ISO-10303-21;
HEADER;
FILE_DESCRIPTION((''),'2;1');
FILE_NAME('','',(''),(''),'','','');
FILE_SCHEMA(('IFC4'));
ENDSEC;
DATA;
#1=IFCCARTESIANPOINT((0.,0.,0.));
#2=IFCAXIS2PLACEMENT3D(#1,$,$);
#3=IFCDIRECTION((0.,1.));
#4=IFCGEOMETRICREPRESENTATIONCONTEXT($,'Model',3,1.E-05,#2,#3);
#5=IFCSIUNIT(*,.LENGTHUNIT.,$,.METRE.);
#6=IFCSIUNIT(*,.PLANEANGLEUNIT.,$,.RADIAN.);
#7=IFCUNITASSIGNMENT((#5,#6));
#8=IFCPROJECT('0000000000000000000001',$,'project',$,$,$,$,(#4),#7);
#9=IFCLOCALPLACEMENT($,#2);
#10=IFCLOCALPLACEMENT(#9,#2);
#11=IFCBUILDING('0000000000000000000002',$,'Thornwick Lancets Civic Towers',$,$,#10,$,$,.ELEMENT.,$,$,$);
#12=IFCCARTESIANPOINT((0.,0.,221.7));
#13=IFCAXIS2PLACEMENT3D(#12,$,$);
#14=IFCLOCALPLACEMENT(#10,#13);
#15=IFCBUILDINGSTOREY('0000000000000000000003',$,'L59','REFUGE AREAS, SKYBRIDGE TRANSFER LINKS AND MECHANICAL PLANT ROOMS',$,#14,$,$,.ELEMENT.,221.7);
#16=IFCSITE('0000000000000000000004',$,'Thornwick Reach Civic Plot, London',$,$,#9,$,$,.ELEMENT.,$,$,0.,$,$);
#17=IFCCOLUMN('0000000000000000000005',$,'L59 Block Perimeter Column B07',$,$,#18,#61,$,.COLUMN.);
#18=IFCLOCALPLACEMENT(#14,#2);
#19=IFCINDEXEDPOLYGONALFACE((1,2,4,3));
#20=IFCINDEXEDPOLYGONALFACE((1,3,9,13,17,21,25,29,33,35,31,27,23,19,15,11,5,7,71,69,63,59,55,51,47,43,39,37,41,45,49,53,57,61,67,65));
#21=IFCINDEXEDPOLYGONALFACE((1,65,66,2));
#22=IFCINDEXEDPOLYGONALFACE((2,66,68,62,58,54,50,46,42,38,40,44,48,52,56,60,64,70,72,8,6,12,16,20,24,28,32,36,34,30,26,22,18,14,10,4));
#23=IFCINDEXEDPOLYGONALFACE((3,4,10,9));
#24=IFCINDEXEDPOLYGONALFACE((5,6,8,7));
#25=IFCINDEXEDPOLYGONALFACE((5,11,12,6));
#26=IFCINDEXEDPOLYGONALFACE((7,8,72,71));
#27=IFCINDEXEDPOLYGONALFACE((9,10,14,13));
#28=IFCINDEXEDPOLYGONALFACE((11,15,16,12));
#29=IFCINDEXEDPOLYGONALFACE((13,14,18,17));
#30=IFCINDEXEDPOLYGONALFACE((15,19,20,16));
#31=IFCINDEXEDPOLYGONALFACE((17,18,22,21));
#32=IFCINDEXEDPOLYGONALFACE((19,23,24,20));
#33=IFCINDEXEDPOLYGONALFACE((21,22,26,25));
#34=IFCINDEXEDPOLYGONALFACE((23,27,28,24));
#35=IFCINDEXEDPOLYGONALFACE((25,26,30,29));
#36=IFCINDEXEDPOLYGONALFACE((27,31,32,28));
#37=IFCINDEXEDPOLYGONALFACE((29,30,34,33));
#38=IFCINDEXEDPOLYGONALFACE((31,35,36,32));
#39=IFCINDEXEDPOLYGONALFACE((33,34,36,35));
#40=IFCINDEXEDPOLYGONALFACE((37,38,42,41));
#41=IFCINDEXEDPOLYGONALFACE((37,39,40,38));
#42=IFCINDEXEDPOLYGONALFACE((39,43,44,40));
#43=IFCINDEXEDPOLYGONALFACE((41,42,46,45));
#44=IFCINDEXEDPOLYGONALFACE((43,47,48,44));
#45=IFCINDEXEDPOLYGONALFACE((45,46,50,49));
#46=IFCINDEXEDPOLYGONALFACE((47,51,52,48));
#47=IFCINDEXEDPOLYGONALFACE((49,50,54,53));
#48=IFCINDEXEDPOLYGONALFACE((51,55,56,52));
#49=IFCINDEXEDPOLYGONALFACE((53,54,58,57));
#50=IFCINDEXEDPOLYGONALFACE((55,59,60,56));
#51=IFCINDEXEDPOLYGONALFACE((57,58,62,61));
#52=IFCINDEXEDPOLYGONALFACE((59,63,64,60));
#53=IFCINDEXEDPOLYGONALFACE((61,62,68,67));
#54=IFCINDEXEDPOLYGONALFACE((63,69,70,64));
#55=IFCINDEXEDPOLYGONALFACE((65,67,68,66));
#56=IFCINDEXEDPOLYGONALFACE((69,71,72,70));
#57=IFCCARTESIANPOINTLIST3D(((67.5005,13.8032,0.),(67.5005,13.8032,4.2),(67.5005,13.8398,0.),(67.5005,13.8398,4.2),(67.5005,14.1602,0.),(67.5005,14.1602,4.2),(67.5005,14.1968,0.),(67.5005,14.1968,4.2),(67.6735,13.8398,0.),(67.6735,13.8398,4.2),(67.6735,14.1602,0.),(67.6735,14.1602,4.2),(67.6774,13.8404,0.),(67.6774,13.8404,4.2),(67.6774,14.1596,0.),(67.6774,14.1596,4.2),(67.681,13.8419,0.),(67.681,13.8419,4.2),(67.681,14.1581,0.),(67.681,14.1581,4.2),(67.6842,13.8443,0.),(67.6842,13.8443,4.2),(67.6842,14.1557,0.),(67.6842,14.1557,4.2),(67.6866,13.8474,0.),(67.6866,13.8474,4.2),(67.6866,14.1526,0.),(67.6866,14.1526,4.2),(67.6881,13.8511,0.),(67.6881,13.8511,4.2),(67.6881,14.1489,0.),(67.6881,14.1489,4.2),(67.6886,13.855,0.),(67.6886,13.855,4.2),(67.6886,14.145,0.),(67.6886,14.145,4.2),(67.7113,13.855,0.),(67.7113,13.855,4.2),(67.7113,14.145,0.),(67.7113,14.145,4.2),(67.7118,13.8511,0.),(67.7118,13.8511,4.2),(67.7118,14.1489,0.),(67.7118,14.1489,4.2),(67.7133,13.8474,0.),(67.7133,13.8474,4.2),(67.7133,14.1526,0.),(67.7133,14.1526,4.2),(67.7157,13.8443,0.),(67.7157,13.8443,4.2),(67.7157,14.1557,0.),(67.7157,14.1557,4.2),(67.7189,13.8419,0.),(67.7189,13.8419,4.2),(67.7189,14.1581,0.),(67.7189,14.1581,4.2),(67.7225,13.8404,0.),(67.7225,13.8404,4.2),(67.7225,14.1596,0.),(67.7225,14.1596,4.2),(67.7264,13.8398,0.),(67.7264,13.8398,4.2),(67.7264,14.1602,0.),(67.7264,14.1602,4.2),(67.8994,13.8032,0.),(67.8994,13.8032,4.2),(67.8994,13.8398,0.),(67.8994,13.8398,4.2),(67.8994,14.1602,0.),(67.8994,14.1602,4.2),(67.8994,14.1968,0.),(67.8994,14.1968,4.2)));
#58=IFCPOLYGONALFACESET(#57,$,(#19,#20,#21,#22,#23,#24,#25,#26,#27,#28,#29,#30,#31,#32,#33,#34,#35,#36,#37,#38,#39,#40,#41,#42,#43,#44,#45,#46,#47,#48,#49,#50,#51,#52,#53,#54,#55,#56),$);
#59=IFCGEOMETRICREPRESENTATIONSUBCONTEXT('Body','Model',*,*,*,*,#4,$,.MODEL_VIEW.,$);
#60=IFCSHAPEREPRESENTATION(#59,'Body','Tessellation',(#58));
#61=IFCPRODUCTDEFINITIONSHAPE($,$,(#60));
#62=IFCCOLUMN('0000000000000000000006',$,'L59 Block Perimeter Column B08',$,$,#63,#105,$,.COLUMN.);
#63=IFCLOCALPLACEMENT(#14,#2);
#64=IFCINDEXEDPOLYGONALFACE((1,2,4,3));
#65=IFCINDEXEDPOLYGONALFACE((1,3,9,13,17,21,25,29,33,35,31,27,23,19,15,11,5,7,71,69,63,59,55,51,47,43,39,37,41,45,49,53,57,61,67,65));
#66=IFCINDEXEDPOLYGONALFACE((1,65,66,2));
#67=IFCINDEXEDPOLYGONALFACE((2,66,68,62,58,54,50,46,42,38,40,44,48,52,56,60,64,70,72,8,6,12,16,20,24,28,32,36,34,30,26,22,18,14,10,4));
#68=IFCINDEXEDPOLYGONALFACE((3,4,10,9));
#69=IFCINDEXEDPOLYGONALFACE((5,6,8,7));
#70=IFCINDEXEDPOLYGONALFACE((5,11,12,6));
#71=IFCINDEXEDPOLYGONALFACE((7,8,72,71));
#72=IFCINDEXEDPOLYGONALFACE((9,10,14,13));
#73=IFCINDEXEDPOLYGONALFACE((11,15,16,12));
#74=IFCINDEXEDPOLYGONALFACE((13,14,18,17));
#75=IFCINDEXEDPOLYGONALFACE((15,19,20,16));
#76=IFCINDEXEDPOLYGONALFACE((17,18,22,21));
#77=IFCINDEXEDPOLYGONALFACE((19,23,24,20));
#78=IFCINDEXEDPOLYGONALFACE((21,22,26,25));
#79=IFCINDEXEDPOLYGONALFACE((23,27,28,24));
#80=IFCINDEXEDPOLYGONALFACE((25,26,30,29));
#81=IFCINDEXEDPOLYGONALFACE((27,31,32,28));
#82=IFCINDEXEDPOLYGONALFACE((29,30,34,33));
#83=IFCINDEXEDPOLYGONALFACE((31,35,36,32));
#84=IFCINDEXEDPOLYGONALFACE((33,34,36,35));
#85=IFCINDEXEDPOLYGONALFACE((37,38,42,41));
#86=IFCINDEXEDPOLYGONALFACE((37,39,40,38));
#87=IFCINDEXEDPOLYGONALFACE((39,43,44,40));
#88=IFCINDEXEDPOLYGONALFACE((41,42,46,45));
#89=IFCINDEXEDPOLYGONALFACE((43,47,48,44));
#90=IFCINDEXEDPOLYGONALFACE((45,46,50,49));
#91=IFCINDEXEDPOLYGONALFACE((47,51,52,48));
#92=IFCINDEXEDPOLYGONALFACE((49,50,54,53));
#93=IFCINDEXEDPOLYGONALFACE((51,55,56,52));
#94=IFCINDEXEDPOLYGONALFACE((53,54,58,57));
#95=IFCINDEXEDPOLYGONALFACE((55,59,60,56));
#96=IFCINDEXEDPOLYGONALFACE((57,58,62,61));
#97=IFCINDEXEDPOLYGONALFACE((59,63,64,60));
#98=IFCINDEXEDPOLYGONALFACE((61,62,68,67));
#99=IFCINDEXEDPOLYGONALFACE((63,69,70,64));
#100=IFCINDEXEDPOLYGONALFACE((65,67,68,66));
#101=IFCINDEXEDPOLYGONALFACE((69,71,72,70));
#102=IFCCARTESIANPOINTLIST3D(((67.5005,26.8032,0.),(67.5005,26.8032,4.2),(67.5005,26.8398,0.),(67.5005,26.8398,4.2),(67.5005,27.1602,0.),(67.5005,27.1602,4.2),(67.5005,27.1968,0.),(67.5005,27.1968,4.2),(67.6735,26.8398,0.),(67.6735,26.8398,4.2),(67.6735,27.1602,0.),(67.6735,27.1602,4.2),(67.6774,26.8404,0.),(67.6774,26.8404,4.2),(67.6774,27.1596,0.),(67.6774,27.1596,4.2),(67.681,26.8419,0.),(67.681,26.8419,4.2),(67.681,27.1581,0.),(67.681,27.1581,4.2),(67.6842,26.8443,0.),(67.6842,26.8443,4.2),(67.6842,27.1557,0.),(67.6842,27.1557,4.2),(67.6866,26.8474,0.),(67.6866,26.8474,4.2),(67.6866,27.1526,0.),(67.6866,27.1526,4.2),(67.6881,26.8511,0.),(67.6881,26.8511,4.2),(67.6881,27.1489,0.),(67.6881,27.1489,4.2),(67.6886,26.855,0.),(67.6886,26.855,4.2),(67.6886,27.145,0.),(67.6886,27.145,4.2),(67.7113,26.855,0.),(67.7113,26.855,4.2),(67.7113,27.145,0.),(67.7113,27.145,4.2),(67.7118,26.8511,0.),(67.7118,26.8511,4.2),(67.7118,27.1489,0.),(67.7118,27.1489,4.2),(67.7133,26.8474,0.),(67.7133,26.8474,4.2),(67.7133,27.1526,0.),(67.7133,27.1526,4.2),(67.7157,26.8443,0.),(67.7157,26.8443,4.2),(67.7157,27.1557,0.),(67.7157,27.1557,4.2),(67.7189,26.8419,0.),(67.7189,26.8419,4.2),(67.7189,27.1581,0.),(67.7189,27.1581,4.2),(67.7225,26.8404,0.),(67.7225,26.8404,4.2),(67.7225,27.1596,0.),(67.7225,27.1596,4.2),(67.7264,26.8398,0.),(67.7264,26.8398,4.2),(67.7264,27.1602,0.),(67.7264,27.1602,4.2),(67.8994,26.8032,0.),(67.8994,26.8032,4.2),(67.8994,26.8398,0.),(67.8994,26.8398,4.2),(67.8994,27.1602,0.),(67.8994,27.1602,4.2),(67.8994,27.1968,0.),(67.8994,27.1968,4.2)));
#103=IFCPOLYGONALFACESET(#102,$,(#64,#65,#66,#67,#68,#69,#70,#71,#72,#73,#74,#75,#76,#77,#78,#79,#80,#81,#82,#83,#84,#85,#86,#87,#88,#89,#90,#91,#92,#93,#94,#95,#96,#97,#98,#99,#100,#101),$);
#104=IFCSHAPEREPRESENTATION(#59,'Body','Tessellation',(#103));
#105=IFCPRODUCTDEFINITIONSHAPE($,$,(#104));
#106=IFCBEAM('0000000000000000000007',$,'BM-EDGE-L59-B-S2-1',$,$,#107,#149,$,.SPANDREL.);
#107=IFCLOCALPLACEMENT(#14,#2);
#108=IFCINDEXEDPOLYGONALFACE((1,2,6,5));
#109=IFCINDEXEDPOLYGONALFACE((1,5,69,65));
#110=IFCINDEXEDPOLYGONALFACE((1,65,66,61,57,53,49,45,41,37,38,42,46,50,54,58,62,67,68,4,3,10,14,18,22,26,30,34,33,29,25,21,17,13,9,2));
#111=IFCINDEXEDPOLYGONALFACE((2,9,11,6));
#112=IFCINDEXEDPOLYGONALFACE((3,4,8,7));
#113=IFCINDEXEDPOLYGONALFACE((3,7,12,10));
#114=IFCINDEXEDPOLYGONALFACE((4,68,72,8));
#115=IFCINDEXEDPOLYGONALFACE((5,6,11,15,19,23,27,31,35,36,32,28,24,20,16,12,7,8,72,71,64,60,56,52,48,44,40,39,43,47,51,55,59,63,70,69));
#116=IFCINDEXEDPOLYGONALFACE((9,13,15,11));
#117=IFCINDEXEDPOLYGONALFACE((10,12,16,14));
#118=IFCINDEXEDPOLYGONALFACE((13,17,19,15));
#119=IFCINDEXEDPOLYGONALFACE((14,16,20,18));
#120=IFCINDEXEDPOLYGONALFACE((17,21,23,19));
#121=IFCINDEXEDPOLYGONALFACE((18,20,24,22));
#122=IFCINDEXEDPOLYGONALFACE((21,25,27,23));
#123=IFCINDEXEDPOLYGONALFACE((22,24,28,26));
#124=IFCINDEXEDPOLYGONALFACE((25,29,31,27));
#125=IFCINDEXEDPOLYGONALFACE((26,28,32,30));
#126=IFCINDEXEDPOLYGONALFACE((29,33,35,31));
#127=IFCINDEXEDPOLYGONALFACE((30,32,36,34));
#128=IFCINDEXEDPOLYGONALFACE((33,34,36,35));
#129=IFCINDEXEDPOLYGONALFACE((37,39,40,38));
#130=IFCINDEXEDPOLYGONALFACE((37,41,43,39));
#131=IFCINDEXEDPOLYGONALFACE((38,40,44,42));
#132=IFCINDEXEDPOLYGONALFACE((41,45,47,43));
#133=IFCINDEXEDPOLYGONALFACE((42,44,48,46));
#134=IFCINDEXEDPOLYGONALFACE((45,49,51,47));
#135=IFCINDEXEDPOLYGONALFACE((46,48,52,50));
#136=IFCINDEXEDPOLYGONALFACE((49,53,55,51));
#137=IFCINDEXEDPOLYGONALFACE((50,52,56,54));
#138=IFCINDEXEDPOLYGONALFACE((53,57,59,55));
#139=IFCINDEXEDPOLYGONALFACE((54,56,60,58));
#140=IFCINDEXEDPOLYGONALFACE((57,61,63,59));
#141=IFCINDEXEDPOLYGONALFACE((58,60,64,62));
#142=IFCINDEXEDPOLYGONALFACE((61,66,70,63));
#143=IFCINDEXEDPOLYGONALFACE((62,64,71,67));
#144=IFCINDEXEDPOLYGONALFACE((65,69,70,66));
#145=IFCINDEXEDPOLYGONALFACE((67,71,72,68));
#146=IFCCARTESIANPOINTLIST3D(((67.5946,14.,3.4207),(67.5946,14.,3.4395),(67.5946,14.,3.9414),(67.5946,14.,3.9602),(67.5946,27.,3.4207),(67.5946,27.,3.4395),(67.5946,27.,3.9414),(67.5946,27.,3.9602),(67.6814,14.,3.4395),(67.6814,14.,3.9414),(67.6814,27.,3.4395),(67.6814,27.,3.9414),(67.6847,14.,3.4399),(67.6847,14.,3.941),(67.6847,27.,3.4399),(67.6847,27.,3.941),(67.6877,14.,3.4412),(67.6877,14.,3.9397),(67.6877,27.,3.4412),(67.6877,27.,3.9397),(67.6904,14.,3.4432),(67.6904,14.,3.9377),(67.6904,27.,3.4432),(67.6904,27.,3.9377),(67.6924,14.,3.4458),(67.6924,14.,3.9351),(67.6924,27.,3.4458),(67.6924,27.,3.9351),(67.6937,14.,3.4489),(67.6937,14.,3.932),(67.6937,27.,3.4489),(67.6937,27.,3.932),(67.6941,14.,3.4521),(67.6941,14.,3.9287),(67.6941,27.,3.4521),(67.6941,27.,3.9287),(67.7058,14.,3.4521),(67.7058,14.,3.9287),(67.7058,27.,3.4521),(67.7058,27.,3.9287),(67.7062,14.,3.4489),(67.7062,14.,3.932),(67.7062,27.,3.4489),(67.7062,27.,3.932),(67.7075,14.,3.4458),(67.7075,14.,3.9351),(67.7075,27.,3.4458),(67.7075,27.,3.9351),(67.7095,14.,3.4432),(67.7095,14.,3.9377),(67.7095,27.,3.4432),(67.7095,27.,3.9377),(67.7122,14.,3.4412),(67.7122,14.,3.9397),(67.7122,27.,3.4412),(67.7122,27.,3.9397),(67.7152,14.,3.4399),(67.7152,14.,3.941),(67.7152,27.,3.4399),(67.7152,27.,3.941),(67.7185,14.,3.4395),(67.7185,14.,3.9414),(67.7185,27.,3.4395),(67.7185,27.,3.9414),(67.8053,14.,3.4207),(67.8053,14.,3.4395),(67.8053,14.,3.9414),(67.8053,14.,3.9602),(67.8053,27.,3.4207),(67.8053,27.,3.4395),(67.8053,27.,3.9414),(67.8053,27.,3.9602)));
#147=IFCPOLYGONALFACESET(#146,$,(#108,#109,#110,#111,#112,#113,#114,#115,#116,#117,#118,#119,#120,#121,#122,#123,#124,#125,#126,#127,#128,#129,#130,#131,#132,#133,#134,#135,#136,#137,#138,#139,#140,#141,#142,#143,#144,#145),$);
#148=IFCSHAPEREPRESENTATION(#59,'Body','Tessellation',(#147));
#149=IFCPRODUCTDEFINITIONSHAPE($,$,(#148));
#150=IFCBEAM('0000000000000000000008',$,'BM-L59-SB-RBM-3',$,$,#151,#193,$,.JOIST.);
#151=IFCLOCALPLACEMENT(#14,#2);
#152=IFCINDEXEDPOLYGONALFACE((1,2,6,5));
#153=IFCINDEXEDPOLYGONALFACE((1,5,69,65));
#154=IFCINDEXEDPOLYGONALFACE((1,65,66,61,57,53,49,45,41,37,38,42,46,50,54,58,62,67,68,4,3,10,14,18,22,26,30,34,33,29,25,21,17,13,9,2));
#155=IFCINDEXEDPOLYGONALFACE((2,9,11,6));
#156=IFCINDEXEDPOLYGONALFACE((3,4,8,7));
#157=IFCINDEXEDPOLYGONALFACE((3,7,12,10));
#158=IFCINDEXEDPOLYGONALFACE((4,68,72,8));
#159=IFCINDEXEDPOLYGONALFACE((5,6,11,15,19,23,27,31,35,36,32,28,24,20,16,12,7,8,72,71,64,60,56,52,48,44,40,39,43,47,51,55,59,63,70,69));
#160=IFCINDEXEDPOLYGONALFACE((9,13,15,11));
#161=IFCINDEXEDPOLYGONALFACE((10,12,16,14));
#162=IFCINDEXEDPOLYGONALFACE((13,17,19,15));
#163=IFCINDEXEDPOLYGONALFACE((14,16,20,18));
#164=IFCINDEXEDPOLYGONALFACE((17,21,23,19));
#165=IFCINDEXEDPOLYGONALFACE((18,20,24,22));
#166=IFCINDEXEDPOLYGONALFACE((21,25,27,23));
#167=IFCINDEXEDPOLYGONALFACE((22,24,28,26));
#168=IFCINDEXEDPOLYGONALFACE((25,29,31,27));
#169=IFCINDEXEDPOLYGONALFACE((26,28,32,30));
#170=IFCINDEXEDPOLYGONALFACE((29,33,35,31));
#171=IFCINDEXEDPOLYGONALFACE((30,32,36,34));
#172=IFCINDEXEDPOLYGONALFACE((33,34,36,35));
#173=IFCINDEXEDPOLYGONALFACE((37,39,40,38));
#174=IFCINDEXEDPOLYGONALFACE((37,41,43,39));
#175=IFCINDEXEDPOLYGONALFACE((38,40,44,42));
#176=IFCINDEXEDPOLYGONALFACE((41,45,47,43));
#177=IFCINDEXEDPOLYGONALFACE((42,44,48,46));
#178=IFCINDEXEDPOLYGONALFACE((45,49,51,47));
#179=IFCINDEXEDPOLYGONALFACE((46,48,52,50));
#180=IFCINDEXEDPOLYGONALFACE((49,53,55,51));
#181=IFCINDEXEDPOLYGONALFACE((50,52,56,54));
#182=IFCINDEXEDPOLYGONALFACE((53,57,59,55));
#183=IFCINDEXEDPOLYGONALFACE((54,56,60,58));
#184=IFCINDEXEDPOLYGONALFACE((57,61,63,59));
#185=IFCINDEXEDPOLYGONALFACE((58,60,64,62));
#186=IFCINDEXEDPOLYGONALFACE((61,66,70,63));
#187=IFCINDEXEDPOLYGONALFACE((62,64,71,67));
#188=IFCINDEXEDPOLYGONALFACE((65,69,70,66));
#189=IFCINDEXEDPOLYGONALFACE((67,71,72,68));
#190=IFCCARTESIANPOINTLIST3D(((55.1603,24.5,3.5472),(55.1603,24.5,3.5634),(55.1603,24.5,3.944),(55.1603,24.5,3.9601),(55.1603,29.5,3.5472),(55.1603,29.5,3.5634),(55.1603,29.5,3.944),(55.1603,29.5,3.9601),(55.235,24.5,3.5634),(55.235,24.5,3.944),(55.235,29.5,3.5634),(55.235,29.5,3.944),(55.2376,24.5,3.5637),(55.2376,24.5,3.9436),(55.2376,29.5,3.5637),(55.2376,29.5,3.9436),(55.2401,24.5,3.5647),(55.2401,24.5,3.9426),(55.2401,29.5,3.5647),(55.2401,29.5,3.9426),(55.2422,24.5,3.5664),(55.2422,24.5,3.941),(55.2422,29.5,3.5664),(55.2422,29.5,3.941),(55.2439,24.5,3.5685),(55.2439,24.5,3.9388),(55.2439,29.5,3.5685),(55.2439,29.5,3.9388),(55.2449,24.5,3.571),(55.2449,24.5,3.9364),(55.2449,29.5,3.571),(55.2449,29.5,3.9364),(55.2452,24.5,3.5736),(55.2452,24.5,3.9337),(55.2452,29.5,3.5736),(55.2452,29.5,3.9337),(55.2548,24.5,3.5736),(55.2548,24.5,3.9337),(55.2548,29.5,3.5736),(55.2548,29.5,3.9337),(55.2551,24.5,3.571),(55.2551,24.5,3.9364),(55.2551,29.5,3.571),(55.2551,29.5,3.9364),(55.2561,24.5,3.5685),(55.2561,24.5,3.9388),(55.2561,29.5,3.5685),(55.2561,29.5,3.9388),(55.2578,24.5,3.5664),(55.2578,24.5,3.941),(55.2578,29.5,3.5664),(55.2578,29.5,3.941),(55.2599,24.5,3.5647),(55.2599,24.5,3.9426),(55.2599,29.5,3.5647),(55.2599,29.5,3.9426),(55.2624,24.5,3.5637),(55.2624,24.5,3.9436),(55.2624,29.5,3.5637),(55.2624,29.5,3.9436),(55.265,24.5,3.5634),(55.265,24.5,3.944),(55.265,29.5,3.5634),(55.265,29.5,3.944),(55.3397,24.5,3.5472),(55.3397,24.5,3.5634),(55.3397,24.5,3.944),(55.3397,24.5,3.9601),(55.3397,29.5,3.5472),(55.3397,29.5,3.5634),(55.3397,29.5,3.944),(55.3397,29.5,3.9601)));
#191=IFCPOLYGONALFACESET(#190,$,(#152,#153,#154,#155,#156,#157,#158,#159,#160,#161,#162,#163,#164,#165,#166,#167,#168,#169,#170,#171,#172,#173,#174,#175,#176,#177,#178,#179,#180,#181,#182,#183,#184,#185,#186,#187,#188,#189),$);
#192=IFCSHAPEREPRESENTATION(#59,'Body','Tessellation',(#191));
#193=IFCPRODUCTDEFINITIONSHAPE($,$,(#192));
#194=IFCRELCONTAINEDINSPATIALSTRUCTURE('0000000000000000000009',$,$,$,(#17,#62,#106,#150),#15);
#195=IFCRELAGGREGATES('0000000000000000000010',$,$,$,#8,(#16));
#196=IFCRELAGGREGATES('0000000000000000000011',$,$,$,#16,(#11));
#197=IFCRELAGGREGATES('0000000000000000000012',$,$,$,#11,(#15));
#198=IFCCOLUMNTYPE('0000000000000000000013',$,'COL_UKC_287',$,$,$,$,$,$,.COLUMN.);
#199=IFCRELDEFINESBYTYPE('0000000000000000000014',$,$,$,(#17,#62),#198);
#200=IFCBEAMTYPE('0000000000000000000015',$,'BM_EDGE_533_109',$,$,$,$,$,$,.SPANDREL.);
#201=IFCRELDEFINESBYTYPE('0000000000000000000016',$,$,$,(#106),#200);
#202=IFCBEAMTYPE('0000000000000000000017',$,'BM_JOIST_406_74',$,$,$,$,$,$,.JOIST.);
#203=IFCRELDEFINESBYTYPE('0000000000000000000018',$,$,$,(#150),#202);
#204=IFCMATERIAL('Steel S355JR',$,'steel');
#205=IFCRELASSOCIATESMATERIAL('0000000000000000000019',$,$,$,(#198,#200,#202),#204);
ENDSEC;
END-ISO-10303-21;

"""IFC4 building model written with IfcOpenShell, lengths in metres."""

from ifc_helpers import new_model, si_unit, direction, frame, origin, origin_2d, place, context, subcontext, project, spatial, i_section, extrude, material, material_profile, profile_set, type_object, element, save


model = new_model("IFC4")

# Units and contexts
model_context = context("Model", 3, precision=1e-05, world=origin(), true_north=direction((0.0, 1.0)))
body_context = subcontext(model_context, "Body", "Model", "MODEL_VIEW")
ifc_project = project(units=[si_unit("LENGTHUNIT", "METRE"), si_unit("PLANEANGLEUNIT", "RADIAN")], contexts=[model_context])

# Site, building, storey
site_placement = place(None, origin())
site = spatial("IfcSite", under=ifc_project, at=site_placement, Name="Thornwick Reach Civic Plot, London", CompositionType="ELEMENT", RefElevation=0.0)
building_placement = place(site_placement, origin())
building = spatial("IfcBuilding", under=site, at=building_placement, Name="Thornwick Lancets Civic Towers", CompositionType="ELEMENT")
storey_placement = place(building_placement, frame((0.0, 0.0, 221.7)))
storey = spatial("IfcBuildingStorey", under=building, at=storey_placement, Name="L59", Description="REFUGE AREAS, SKYBRIDGE TRANSFER LINKS AND MECHANICAL PLANT ROOMS", CompositionType="ELEMENT", Elevation=221.7)

# Columns
ifc_material_1 = material(Name="Steel S355JR", Category="steel")
ifc_material_profile_1 = material_profile(ifc_material_1, i_section(OverallWidth=0.3989, OverallDepth=0.3936, WebThickness=0.0227, FlangeThickness=0.0366, FilletRadius=0.0151, at=origin_2d()), Name="UKC 356x406x287")
ifc_profile_set_1 = profile_set([ifc_material_profile_1], Name="Steel S355JR")
column_type = type_object("IfcColumnType", Name="COL_UKC_287", PredefinedType="COLUMN", material=ifc_profile_set_1)
for number, where, z_axis, x_axis, name in (
    (1, (67.7, 14.0, 0.0), (0.0, 0.0, 1.0), (1.0, 0.0, 0.0), "L59 Block Perimeter Column B07"),
    (2, (67.7, 27.0, 0.0), (0.0, 0.0, 1.0), (1.0, 0.0, 0.0), "L59 Block Perimeter Column B08"),
):
    element("IfcColumn", number, at=place(storey_placement, frame(where, z_axis=z_axis, x_axis=x_axis)), inside=storey, type_object=column_type, Name=name, PredefinedType="COLUMN", context=body_context, shape_type="SweptSolid", body=[
        extrude(i_section(OverallWidth=0.3989, OverallDepth=0.3936, WebThickness=0.0227, FlangeThickness=0.0366, FilletRadius=0.0151, at=origin_2d()), origin(), (0.0, 0.0, 1.0), 4.2),
    ])

# Beams
ifc_material_profile_2 = material_profile(ifc_material_1, i_section(OverallWidth=0.2107, OverallDepth=0.5396, WebThickness=0.0117, FlangeThickness=0.0188, FilletRadius=0.0127, at=origin_2d()), Name="UKB 533x210x109")
ifc_profile_set_2 = profile_set([ifc_material_profile_2], Name="Steel S355JR")
beam_type_1 = type_object("IfcBeamType", Name="BM_EDGE_533_109", PredefinedType="SPANDREL", material=ifc_profile_set_2)
beam_placement = place(storey_placement, frame((67.7, 14.0, 3.6904), z_axis=(0.0, 1.0, 0.0), x_axis=(-1.0, 0.0, 0.0)))
element("IfcBeam", 3, at=beam_placement, inside=storey, type_object=beam_type_1, Name="BM-EDGE-L59-B-S2-1", PredefinedType="SPANDREL", context=body_context, shape_type="SweptSolid", body=[
    extrude(i_section(OverallWidth=0.2107, OverallDepth=0.5396, WebThickness=0.0117, FlangeThickness=0.0188, FilletRadius=0.0127, at=origin_2d()), origin(), (0.0, 0.0, 1.0), 13.0),
])
ifc_material_profile_3 = material_profile(ifc_material_1, i_section(OverallWidth=0.1794, OverallDepth=0.4128, WebThickness=0.0095, FlangeThickness=0.0161, FilletRadius=0.0103, at=origin_2d()), Name="UKB 406x178x74")
ifc_profile_set_3 = profile_set([ifc_material_profile_3], Name="Steel S355JR")
beam_type_2 = type_object("IfcBeamType", Name="BM_JOIST_406_74", PredefinedType="JOIST", material=ifc_profile_set_3)
for number, where, z_axis, x_axis, name in (
    (4, (55.25, 24.5, 3.7537), (0.0, 1.0, 0.0), (-1.0, 0.0, 0.0), "BM-L59-SB-RBM-3"),
):
    element("IfcBeam", number, at=place(storey_placement, frame(where, z_axis=z_axis, x_axis=x_axis)), inside=storey, type_object=beam_type_2, Name=name, PredefinedType="JOIST", context=body_context, shape_type="SweptSolid", body=[
        extrude(i_section(OverallWidth=0.1794, OverallDepth=0.4128, WebThickness=0.0095, FlangeThickness=0.0161, FilletRadius=0.0103, at=origin_2d()), origin(), (0.0, 0.0, 1.0), 5.0),
    ])

save(model, "model.ifc")
